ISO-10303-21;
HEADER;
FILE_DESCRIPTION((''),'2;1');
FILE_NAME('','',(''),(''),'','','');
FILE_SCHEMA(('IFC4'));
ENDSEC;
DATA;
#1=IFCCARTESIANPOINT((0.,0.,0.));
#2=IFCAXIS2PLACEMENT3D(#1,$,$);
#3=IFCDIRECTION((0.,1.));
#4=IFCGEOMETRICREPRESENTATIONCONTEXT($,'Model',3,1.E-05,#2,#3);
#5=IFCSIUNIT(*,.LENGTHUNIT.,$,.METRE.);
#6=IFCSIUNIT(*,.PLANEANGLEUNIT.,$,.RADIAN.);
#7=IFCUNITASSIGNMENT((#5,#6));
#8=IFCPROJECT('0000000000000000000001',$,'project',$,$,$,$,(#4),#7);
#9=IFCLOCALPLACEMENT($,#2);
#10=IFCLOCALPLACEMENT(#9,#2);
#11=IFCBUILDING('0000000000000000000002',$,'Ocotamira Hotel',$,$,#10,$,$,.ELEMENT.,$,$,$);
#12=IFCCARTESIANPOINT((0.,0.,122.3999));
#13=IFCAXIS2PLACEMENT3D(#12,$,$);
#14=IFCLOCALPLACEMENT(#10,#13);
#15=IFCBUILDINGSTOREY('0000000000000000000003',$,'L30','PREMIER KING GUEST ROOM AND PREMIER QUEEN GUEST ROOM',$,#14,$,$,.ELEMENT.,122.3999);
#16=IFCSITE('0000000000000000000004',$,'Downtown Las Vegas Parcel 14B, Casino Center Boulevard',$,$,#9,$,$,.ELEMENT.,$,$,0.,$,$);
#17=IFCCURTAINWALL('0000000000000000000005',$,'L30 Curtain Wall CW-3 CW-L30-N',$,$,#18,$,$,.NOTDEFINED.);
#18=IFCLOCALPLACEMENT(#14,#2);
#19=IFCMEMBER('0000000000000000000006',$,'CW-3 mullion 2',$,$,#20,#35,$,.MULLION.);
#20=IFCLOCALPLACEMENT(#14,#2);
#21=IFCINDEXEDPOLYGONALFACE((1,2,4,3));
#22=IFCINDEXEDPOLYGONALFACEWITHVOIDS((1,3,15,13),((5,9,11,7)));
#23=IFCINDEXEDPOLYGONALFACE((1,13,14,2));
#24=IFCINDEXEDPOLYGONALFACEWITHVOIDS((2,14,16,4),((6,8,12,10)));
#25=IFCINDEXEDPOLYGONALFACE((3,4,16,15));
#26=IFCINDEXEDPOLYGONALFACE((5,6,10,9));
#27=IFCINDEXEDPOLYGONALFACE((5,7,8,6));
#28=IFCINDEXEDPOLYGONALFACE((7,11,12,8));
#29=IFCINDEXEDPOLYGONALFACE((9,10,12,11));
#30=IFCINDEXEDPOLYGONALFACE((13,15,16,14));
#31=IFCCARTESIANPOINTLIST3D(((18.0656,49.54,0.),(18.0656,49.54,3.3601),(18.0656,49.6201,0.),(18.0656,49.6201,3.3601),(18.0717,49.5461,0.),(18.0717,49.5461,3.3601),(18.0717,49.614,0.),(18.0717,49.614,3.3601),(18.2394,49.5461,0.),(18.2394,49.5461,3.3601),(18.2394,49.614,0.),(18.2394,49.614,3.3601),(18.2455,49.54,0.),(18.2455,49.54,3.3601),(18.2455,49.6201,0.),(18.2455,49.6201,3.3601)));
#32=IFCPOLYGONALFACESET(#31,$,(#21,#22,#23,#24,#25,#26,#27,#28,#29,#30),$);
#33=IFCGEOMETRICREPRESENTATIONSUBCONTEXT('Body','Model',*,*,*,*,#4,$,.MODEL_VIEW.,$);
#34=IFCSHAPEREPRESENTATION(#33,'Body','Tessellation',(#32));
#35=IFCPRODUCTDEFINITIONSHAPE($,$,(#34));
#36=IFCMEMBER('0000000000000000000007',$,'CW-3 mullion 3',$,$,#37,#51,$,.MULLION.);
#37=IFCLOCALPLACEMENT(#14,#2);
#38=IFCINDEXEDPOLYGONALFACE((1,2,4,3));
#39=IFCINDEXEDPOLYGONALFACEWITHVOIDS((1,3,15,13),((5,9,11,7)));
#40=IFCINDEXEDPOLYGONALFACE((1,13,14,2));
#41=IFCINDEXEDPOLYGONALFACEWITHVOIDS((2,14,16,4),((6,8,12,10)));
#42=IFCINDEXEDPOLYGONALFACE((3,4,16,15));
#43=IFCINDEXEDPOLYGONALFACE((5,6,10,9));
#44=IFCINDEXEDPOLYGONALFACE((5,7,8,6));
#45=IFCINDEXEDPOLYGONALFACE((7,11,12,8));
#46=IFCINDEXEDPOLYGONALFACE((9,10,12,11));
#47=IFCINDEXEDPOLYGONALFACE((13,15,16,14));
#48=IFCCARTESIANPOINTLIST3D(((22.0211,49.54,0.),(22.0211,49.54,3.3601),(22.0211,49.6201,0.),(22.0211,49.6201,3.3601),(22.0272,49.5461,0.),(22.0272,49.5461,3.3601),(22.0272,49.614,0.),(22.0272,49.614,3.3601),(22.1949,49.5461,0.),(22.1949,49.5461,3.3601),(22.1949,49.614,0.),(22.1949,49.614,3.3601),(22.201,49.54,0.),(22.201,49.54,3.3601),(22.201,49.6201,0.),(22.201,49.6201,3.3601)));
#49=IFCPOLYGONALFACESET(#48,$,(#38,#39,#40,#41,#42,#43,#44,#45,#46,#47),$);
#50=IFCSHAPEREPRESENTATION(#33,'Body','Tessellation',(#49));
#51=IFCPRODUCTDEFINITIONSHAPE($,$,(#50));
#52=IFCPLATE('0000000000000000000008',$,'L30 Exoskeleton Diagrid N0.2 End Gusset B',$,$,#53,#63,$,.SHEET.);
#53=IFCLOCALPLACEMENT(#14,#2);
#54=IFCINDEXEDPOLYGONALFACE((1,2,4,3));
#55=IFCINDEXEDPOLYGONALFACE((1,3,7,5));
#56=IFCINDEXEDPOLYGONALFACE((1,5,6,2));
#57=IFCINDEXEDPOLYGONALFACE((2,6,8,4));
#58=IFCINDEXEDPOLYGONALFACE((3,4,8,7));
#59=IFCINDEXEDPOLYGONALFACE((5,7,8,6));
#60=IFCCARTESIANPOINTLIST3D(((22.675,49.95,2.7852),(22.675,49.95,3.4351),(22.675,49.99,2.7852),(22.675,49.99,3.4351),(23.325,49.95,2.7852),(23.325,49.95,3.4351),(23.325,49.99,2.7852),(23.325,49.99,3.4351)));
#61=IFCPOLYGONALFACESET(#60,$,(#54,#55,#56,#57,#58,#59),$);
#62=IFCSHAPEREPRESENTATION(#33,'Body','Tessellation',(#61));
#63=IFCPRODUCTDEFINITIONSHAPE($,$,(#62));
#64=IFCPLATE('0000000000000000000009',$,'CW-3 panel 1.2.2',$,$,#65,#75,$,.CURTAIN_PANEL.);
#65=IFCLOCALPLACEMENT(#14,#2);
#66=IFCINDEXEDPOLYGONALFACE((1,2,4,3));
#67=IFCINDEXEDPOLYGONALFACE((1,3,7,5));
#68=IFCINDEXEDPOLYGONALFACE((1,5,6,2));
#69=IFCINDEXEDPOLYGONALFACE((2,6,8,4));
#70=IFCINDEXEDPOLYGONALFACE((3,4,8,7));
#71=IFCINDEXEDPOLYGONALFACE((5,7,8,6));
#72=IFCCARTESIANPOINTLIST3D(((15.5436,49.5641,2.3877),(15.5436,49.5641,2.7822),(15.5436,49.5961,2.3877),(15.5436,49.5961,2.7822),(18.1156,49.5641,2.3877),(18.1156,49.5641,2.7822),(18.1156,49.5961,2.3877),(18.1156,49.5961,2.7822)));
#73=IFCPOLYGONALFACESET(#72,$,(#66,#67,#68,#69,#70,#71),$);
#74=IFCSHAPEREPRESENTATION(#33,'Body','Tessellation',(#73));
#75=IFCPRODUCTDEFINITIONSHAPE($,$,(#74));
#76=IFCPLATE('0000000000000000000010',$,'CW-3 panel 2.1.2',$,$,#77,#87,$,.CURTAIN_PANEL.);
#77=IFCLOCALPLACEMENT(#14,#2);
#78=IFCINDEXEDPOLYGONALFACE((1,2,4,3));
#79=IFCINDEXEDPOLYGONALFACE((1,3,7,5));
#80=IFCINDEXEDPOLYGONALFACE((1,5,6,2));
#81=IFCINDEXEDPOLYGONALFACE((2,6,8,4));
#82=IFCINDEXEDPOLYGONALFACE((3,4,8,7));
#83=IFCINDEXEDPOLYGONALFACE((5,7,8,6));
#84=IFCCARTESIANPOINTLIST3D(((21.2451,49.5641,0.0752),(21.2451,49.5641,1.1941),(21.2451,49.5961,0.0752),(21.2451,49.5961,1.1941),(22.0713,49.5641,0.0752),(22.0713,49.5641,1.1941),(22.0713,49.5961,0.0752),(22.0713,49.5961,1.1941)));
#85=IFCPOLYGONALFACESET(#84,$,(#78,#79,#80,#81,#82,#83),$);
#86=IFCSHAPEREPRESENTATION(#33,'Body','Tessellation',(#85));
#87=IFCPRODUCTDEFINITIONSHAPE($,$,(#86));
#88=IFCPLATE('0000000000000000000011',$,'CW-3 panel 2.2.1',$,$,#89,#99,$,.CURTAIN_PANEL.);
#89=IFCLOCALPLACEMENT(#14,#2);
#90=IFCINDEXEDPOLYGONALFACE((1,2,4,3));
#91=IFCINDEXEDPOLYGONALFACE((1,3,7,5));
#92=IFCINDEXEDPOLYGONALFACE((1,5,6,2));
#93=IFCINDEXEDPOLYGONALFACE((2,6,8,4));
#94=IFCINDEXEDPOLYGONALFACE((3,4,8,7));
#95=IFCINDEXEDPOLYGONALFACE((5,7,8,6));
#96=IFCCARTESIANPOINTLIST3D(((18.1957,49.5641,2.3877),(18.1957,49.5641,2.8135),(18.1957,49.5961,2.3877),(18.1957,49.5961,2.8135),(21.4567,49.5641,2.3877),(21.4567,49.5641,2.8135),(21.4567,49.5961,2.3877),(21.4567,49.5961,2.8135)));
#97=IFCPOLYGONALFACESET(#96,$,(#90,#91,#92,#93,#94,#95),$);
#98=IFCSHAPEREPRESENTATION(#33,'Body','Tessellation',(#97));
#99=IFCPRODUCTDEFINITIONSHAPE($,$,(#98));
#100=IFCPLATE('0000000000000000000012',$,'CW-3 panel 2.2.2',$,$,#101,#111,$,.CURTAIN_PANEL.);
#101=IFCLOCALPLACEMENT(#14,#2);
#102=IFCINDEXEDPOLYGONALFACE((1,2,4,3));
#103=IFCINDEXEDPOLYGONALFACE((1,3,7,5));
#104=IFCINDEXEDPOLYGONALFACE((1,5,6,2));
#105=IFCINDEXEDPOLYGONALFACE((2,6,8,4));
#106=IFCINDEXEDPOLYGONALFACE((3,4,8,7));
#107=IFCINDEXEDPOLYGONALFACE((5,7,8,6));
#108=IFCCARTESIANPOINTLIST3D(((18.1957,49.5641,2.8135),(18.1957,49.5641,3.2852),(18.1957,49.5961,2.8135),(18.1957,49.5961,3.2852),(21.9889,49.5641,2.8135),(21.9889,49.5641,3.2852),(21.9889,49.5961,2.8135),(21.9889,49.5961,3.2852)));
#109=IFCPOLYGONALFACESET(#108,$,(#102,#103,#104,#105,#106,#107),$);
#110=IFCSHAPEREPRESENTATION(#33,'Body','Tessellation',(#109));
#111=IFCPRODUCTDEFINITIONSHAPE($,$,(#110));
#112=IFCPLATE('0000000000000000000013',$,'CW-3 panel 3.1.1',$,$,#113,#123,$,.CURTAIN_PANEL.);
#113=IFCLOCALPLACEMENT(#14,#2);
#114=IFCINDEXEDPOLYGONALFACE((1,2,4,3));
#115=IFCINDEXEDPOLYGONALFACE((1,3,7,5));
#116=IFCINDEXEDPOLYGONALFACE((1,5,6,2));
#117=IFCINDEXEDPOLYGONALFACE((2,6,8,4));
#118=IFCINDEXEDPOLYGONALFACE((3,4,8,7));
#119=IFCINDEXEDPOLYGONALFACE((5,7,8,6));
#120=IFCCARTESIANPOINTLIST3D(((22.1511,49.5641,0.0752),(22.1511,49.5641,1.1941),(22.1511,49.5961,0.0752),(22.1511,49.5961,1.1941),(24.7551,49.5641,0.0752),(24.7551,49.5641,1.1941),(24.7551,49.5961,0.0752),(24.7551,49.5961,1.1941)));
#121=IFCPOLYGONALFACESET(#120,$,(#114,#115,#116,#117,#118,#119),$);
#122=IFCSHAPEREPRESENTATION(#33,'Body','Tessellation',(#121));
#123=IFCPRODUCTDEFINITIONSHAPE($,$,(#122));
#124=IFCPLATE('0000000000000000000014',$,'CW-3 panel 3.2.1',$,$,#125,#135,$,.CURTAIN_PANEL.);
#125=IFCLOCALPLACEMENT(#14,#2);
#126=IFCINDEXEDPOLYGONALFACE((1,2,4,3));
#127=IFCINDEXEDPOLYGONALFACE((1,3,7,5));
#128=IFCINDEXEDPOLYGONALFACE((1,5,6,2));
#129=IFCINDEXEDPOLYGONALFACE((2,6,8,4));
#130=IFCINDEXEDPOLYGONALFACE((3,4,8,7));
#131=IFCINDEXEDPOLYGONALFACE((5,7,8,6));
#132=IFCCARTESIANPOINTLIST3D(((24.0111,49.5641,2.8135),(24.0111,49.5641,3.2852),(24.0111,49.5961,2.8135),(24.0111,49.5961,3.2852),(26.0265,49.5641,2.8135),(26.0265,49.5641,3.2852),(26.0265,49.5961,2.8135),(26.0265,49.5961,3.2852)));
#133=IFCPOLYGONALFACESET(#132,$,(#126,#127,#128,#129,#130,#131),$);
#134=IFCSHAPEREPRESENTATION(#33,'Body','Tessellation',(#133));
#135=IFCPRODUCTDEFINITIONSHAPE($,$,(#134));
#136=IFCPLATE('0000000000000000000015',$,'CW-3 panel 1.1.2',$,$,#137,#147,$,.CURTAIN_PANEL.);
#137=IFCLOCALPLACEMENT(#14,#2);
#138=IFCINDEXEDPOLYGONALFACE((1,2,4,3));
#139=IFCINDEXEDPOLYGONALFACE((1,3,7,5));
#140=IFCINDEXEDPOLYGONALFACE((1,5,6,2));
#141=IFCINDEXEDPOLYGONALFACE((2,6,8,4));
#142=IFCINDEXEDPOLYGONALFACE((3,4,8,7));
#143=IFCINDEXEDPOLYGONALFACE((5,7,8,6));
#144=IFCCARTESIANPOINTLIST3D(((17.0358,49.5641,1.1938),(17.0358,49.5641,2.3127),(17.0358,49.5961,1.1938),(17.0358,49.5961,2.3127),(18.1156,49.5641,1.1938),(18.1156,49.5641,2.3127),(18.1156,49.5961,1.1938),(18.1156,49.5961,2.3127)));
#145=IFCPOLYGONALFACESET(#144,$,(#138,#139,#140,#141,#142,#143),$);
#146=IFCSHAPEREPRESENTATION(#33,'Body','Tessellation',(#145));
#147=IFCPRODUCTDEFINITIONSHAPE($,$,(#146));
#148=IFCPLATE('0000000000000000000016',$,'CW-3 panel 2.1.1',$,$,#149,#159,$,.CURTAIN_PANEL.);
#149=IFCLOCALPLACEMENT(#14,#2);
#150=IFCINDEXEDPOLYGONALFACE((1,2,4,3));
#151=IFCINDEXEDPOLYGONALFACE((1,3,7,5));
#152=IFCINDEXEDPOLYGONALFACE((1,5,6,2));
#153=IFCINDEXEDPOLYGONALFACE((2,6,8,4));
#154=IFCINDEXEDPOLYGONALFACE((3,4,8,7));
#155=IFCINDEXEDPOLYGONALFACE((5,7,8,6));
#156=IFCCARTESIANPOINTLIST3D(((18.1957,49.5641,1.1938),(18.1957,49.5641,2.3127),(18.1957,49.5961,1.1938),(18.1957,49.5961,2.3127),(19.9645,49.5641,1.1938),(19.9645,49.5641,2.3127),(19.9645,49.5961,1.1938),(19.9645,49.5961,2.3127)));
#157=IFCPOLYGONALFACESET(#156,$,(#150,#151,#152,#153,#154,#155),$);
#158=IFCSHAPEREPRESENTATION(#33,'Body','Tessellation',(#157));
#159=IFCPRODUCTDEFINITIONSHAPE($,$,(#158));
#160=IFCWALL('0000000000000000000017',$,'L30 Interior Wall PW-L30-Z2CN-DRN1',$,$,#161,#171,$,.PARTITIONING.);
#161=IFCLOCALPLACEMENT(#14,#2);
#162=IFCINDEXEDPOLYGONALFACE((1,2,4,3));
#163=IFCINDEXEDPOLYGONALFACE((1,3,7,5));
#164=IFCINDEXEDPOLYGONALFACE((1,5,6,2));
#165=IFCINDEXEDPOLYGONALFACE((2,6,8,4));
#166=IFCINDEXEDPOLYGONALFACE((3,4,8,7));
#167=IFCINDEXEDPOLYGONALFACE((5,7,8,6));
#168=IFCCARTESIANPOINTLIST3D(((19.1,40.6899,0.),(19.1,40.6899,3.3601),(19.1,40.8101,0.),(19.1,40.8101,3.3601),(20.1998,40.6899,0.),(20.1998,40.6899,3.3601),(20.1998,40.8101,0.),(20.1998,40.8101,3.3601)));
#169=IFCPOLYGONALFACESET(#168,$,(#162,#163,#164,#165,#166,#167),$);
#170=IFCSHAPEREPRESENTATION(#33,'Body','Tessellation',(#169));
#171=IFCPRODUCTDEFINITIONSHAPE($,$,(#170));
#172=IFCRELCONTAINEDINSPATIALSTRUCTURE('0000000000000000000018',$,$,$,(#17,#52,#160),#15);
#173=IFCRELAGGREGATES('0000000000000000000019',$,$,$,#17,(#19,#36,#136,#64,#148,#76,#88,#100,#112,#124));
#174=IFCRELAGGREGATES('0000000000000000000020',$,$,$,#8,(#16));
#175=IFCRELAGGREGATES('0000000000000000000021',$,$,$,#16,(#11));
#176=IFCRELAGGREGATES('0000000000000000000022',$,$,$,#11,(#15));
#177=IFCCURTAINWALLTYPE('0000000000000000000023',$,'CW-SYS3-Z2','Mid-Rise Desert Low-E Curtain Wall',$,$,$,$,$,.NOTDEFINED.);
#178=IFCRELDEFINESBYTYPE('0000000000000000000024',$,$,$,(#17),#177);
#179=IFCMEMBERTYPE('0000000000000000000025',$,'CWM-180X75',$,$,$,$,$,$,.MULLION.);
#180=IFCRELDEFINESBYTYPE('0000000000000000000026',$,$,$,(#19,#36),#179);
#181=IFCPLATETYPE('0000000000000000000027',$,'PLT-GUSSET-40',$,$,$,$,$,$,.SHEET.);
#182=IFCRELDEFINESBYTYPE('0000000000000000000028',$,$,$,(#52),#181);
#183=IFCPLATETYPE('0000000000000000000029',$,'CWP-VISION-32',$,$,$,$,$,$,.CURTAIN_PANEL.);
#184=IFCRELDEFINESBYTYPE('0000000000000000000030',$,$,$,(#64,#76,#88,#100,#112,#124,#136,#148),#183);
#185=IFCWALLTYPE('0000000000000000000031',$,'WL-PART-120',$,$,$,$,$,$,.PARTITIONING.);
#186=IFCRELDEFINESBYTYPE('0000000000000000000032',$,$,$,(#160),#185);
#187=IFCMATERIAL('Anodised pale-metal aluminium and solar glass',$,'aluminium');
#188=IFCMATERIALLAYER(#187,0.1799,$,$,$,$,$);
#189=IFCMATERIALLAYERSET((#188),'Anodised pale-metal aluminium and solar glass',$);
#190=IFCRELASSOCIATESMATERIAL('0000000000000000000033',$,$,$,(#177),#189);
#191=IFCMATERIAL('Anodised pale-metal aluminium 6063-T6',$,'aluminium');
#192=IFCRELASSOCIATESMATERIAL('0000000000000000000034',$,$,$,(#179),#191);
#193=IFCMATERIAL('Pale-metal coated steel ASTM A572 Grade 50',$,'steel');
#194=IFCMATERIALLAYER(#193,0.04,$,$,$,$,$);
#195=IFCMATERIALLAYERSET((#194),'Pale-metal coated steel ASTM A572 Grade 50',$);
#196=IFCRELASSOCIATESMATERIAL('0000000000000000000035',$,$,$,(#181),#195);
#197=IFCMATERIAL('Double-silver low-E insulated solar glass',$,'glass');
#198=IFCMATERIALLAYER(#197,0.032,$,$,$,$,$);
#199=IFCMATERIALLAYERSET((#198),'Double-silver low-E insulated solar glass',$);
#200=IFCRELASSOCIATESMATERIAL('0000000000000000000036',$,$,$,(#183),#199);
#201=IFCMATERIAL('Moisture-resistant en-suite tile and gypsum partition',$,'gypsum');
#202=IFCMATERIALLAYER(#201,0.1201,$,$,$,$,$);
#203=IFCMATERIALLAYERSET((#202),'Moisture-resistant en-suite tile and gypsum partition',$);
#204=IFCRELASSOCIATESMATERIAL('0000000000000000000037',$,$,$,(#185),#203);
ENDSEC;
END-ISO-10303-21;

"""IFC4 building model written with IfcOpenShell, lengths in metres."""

from ifc_helpers import new_model, si_unit, direction, frame, frame_2d, origin, origin_2d, place, context, subcontext, project, spatial, rectangle, hollow_rectangle, extrude, source, transform, mapped, material, layer, layer_set, material_profile, profile_set, type_object, element, aggregate, save


model = new_model("IFC4")

# Units and contexts
model_context = context("Model", 3, precision=1e-05, world=origin(), true_north=direction((0.0, 1.0)))
body_context = subcontext(model_context, "Body", "Model", "MODEL_VIEW")
ifc_project = project(units=[si_unit("LENGTHUNIT", "METRE"), si_unit("PLANEANGLEUNIT", "RADIAN")], contexts=[model_context])

# Site, building, storey
site_placement = place(None, origin())
site = spatial("IfcSite", under=ifc_project, at=site_placement, Name="Downtown Las Vegas Parcel 14B, Casino Center Boulevard", CompositionType="ELEMENT", RefElevation=0.0)
building_placement = place(site_placement, origin())
building = spatial("IfcBuilding", under=site, at=building_placement, Name="Ocotamira Hotel", CompositionType="ELEMENT")
storey_placement = place(building_placement, frame((0.0, 0.0, 122.3999)))
storey = spatial("IfcBuildingStorey", under=building, at=storey_placement, Name="L30", Description="PREMIER KING GUEST ROOM AND PREMIER QUEEN GUEST ROOM", CompositionType="ELEMENT", Elevation=122.3999)

# Curtain wall, members
ifc_material_1 = material(Name="Anodised pale-metal aluminium and solar glass", Category="aluminium")
ifc_layer_1 = layer(ifc_material_1, 0.1799)
ifc_layer_set_1 = layer_set([ifc_layer_1], Name="Anodised pale-metal aluminium and solar glass")
curtain_wall_type = type_object("IfcCurtainWallType", Name="CW-SYS3-Z2", Description="Mid-Rise Desert Low-E Curtain Wall", PredefinedType="NOTDEFINED", material=ifc_layer_set_1)
curtain_wall_placement = place(storey_placement, origin())
curtain_wall = element("IfcCurtainWall", 1, at=curtain_wall_placement, inside=storey, type_object=curtain_wall_type, Name="L30 Curtain Wall CW-3 CW-L30-N", PredefinedType="NOTDEFINED")
ifc_material_2 = material(Name="Anodised pale-metal aluminium 6063-T6", Category="aluminium")
ifc_material_profile_1 = material_profile(ifc_material_2, hollow_rectangle(XDim=0.0801, YDim=0.1799, WallThickness=0.0061, at=origin_2d()), Name="HSS180X80X6")
ifc_profile_set_1 = profile_set([ifc_material_profile_1], Name="Anodised pale-metal aluminium 6063-T6")
member_type_1 = type_object("IfcMemberType", Name="CWM-180X75", PredefinedType="MULLION", material=ifc_profile_set_1)
shared_shape_1 = source(origin(), body_context, "Body", "SweptSolid", [
    extrude(hollow_rectangle(XDim=0.0801, YDim=0.1799, WallThickness=0.0061, at=origin_2d()), origin(), (0.0, 0.0, 1.0), 3.3601),
])
member_1_placement = place(storey_placement, frame((18.1555, 49.5801, 0.0), z_axis=(0.0, 0.0, 1.0), x_axis=(0.0, 1.0, 0.0)))
member_1 = element("IfcMember", 2, at=member_1_placement, type_object=member_type_1, Name="CW-3 mullion 2", PredefinedType="MULLION", context=body_context, shape_type="MappedRepresentation", body=[
    mapped(shared_shape_1, transform((0.0, 0.0, 0.0), scale=1.0)),
])
member_2_placement = place(storey_placement, frame((22.1111, 49.5801, 0.0), z_axis=(0.0, 0.0, 1.0), x_axis=(0.0, 1.0, 0.0)))
member_2 = element("IfcMember", 3, at=member_2_placement, type_object=member_type_1, Name="CW-3 mullion 3", PredefinedType="MULLION", context=body_context, shape_type="MappedRepresentation", body=[
    mapped(shared_shape_1, transform((0.0, 0.0, 0.0), scale=1.0)),
])

# Plates
ifc_material_3 = material(Name="Pale-metal coated steel ASTM A572 Grade 50", Category="steel")
ifc_layer_2 = layer(ifc_material_3, 0.04)
ifc_layer_set_2 = layer_set([ifc_layer_2], Name="Pale-metal coated steel ASTM A572 Grade 50")
plate_type_1 = type_object("IfcPlateType", Name="PLT-GUSSET-40", PredefinedType="SHEET", material=ifc_layer_set_2)
shared_shape_2 = source(origin(), body_context, "Body", "SweptSolid", [
    extrude(rectangle(XDim=0.6499, YDim=0.04, at=origin_2d()), origin(), (0.0, 0.0, 1.0), 0.6499),
])
plate_1_placement = place(storey_placement, frame((23.0, 49.97, 2.7852), z_axis=(0.0, 0.0, 1.0), x_axis=(1.0, 0.0, 0.0)))
element("IfcPlate", 4, at=plate_1_placement, inside=storey, type_object=plate_type_1, Name="L30 Exoskeleton Diagrid N0.2 End Gusset B", PredefinedType="SHEET", context=body_context, shape_type="MappedRepresentation", body=[
    mapped(shared_shape_2, transform((0.0, 0.0, 0.0), scale=1.0)),
])
ifc_material_4 = material(Name="Double-silver low-E insulated solar glass", Category="glass")
ifc_layer_3 = layer(ifc_material_4, 0.032)
ifc_layer_set_3 = layer_set([ifc_layer_3], Name="Double-silver low-E insulated solar glass")
plate_type_2 = type_object("IfcPlateType", Name="CWP-VISION-32", PredefinedType="CURTAIN_PANEL", material=ifc_layer_set_3)
shared_shape_3 = source(origin(), body_context, "Body", "SweptSolid", [
    extrude(rectangle(XDim=2.572, YDim=0.032, at=origin_2d()), origin(), (0.0, 0.0, 1.0), 0.3945),
])
plate_2_placement = place(storey_placement, frame((16.8296, 49.5801, 2.3877), z_axis=(0.0, 0.0, 1.0), x_axis=(1.0, 0.0, 0.0)))
plate_2 = element("IfcPlate", 5, at=plate_2_placement, type_object=plate_type_2, Name="CW-3 panel 1.2.2", PredefinedType="CURTAIN_PANEL", context=body_context, shape_type="MappedRepresentation", body=[
    mapped(shared_shape_3, transform((0.0, 0.0, 0.0), scale=1.0)),
])
shared_shape_4 = source(origin(), body_context, "Body", "SweptSolid", [
    extrude(rectangle(XDim=0.8262, YDim=0.032, at=origin_2d()), origin(), (0.0, 0.0, 1.0), 1.1189),
])
plate_3_placement = place(storey_placement, frame((21.6582, 49.5801, 0.0752), z_axis=(0.0, 0.0, 1.0), x_axis=(1.0, 0.0, 0.0)))
plate_3 = element("IfcPlate", 6, at=plate_3_placement, type_object=plate_type_2, Name="CW-3 panel 2.1.2", PredefinedType="CURTAIN_PANEL", context=body_context, shape_type="MappedRepresentation", body=[
    mapped(shared_shape_4, transform((0.0, 0.0, 0.0), scale=1.0)),
])
shared_shape_5 = source(origin(), body_context, "Body", "SweptSolid", [
    extrude(rectangle(XDim=3.261, YDim=0.032, at=origin_2d()), origin(), (0.0, 0.0, 1.0), 0.4258),
])
plate_4_placement = place(storey_placement, frame((19.8262, 49.5801, 2.3877), z_axis=(0.0, 0.0, 1.0), x_axis=(1.0, 0.0, 0.0)))
plate_4 = element("IfcPlate", 7, at=plate_4_placement, type_object=plate_type_2, Name="CW-3 panel 2.2.1", PredefinedType="CURTAIN_PANEL", context=body_context, shape_type="MappedRepresentation", body=[
    mapped(shared_shape_5, transform((0.0, 0.0, 0.0), scale=1.0)),
])
shared_shape_6 = source(origin(), body_context, "Body", "SweptSolid", [
    extrude(rectangle(XDim=3.7932, YDim=0.032, at=origin_2d()), origin(), (0.0, 0.0, 1.0), 0.4717),
])
plate_5_placement = place(storey_placement, frame((20.0923, 49.5801, 2.8135), z_axis=(0.0, 0.0, 1.0), x_axis=(1.0, 0.0, 0.0)))
plate_5 = element("IfcPlate", 8, at=plate_5_placement, type_object=plate_type_2, Name="CW-3 panel 2.2.2", PredefinedType="CURTAIN_PANEL", context=body_context, shape_type="MappedRepresentation", body=[
    mapped(shared_shape_6, transform((0.0, 0.0, 0.0), scale=1.0)),
])
shared_shape_7 = source(origin(), body_context, "Body", "SweptSolid", [
    extrude(rectangle(XDim=2.604, YDim=0.032, at=origin_2d()), origin(), (0.0, 0.0, 1.0), 1.1189),
])
plate_6_placement = place(storey_placement, frame((23.4531, 49.5801, 0.0752), z_axis=(0.0, 0.0, 1.0), x_axis=(1.0, 0.0, 0.0)))
plate_6 = element("IfcPlate", 9, at=plate_6_placement, type_object=plate_type_2, Name="CW-3 panel 3.1.1", PredefinedType="CURTAIN_PANEL", context=body_context, shape_type="MappedRepresentation", body=[
    mapped(shared_shape_7, transform((0.0, 0.0, 0.0), scale=1.0)),
])
shared_shape_8 = source(origin(), body_context, "Body", "SweptSolid", [
    extrude(rectangle(XDim=2.0154, YDim=0.032, at=origin_2d()), origin(), (0.0, 0.0, 1.0), 0.4717),
])
plate_7_placement = place(storey_placement, frame((25.0188, 49.5801, 2.8135), z_axis=(0.0, 0.0, 1.0), x_axis=(1.0, 0.0, 0.0)))
plate_7 = element("IfcPlate", 10, at=plate_7_placement, type_object=plate_type_2, Name="CW-3 panel 3.2.1", PredefinedType="CURTAIN_PANEL", context=body_context, shape_type="MappedRepresentation", body=[
    mapped(shared_shape_8, transform((0.0, 0.0, 0.0), scale=1.0)),
])
shared_shape_9 = source(origin(), body_context, "Body", "SweptSolid", [
    extrude(rectangle(XDim=1.0798, YDim=0.032, at=origin_2d()), origin(), (0.0, 0.0, 1.0), 1.1189),
])
plate_8_placement = place(storey_placement, frame((17.5757, 49.5801, 1.1938), z_axis=(0.0, 0.0, 1.0), x_axis=(1.0, 0.0, 0.0)))
plate_8 = element("IfcPlate", 11, at=plate_8_placement, type_object=plate_type_2, Name="CW-3 panel 1.1.2", PredefinedType="CURTAIN_PANEL", context=body_context, shape_type="MappedRepresentation", body=[
    mapped(shared_shape_9, transform((0.0, 0.0, 0.0), scale=1.0)),
])
shared_shape_10 = source(origin(), body_context, "Body", "SweptSolid", [
    extrude(rectangle(XDim=1.7688, YDim=0.032, at=origin_2d()), origin(), (0.0, 0.0, 1.0), 1.1189),
])
plate_9_placement = place(storey_placement, frame((19.0801, 49.5801, 1.1938), z_axis=(0.0, 0.0, 1.0), x_axis=(1.0, 0.0, 0.0)))
plate_9 = element("IfcPlate", 12, at=plate_9_placement, type_object=plate_type_2, Name="CW-3 panel 2.1.1", PredefinedType="CURTAIN_PANEL", context=body_context, shape_type="MappedRepresentation", body=[
    mapped(shared_shape_10, transform((0.0, 0.0, 0.0), scale=1.0)),
])
aggregate(curtain_wall, [member_1, member_2, plate_8, plate_2, plate_9, plate_3, plate_4, plate_5, plate_6, plate_7])

# Wall
ifc_material_5 = material(Name="Moisture-resistant en-suite tile and gypsum partition", Category="gypsum")
ifc_layer_4 = layer(ifc_material_5, 0.1201)
ifc_layer_set_4 = layer_set([ifc_layer_4], Name="Moisture-resistant en-suite tile and gypsum partition")
wall_type_1 = type_object("IfcWallType", Name="WL-PART-120", PredefinedType="PARTITIONING", material=ifc_layer_set_4)
wall_1_placement = place(storey_placement, frame((19.1001, 40.75, 0.0), z_axis=(0.0, 0.0, 1.0), x_axis=(1.0, 0.0, 0.0)))
element("IfcWall", 13, at=wall_1_placement, inside=storey, type_object=wall_type_1, Name="L30 Interior Wall PW-L30-Z2CN-DRN1", PredefinedType="PARTITIONING", context=body_context, shape_type="SweptSolid", body=[
    extrude(rectangle(XDim=1.0999, YDim=0.1201, at=frame_2d((0.5498, 0.0))), origin(), (0.0, 0.0, 1.0), 3.3601),
])

save(model, "model.ifc")
